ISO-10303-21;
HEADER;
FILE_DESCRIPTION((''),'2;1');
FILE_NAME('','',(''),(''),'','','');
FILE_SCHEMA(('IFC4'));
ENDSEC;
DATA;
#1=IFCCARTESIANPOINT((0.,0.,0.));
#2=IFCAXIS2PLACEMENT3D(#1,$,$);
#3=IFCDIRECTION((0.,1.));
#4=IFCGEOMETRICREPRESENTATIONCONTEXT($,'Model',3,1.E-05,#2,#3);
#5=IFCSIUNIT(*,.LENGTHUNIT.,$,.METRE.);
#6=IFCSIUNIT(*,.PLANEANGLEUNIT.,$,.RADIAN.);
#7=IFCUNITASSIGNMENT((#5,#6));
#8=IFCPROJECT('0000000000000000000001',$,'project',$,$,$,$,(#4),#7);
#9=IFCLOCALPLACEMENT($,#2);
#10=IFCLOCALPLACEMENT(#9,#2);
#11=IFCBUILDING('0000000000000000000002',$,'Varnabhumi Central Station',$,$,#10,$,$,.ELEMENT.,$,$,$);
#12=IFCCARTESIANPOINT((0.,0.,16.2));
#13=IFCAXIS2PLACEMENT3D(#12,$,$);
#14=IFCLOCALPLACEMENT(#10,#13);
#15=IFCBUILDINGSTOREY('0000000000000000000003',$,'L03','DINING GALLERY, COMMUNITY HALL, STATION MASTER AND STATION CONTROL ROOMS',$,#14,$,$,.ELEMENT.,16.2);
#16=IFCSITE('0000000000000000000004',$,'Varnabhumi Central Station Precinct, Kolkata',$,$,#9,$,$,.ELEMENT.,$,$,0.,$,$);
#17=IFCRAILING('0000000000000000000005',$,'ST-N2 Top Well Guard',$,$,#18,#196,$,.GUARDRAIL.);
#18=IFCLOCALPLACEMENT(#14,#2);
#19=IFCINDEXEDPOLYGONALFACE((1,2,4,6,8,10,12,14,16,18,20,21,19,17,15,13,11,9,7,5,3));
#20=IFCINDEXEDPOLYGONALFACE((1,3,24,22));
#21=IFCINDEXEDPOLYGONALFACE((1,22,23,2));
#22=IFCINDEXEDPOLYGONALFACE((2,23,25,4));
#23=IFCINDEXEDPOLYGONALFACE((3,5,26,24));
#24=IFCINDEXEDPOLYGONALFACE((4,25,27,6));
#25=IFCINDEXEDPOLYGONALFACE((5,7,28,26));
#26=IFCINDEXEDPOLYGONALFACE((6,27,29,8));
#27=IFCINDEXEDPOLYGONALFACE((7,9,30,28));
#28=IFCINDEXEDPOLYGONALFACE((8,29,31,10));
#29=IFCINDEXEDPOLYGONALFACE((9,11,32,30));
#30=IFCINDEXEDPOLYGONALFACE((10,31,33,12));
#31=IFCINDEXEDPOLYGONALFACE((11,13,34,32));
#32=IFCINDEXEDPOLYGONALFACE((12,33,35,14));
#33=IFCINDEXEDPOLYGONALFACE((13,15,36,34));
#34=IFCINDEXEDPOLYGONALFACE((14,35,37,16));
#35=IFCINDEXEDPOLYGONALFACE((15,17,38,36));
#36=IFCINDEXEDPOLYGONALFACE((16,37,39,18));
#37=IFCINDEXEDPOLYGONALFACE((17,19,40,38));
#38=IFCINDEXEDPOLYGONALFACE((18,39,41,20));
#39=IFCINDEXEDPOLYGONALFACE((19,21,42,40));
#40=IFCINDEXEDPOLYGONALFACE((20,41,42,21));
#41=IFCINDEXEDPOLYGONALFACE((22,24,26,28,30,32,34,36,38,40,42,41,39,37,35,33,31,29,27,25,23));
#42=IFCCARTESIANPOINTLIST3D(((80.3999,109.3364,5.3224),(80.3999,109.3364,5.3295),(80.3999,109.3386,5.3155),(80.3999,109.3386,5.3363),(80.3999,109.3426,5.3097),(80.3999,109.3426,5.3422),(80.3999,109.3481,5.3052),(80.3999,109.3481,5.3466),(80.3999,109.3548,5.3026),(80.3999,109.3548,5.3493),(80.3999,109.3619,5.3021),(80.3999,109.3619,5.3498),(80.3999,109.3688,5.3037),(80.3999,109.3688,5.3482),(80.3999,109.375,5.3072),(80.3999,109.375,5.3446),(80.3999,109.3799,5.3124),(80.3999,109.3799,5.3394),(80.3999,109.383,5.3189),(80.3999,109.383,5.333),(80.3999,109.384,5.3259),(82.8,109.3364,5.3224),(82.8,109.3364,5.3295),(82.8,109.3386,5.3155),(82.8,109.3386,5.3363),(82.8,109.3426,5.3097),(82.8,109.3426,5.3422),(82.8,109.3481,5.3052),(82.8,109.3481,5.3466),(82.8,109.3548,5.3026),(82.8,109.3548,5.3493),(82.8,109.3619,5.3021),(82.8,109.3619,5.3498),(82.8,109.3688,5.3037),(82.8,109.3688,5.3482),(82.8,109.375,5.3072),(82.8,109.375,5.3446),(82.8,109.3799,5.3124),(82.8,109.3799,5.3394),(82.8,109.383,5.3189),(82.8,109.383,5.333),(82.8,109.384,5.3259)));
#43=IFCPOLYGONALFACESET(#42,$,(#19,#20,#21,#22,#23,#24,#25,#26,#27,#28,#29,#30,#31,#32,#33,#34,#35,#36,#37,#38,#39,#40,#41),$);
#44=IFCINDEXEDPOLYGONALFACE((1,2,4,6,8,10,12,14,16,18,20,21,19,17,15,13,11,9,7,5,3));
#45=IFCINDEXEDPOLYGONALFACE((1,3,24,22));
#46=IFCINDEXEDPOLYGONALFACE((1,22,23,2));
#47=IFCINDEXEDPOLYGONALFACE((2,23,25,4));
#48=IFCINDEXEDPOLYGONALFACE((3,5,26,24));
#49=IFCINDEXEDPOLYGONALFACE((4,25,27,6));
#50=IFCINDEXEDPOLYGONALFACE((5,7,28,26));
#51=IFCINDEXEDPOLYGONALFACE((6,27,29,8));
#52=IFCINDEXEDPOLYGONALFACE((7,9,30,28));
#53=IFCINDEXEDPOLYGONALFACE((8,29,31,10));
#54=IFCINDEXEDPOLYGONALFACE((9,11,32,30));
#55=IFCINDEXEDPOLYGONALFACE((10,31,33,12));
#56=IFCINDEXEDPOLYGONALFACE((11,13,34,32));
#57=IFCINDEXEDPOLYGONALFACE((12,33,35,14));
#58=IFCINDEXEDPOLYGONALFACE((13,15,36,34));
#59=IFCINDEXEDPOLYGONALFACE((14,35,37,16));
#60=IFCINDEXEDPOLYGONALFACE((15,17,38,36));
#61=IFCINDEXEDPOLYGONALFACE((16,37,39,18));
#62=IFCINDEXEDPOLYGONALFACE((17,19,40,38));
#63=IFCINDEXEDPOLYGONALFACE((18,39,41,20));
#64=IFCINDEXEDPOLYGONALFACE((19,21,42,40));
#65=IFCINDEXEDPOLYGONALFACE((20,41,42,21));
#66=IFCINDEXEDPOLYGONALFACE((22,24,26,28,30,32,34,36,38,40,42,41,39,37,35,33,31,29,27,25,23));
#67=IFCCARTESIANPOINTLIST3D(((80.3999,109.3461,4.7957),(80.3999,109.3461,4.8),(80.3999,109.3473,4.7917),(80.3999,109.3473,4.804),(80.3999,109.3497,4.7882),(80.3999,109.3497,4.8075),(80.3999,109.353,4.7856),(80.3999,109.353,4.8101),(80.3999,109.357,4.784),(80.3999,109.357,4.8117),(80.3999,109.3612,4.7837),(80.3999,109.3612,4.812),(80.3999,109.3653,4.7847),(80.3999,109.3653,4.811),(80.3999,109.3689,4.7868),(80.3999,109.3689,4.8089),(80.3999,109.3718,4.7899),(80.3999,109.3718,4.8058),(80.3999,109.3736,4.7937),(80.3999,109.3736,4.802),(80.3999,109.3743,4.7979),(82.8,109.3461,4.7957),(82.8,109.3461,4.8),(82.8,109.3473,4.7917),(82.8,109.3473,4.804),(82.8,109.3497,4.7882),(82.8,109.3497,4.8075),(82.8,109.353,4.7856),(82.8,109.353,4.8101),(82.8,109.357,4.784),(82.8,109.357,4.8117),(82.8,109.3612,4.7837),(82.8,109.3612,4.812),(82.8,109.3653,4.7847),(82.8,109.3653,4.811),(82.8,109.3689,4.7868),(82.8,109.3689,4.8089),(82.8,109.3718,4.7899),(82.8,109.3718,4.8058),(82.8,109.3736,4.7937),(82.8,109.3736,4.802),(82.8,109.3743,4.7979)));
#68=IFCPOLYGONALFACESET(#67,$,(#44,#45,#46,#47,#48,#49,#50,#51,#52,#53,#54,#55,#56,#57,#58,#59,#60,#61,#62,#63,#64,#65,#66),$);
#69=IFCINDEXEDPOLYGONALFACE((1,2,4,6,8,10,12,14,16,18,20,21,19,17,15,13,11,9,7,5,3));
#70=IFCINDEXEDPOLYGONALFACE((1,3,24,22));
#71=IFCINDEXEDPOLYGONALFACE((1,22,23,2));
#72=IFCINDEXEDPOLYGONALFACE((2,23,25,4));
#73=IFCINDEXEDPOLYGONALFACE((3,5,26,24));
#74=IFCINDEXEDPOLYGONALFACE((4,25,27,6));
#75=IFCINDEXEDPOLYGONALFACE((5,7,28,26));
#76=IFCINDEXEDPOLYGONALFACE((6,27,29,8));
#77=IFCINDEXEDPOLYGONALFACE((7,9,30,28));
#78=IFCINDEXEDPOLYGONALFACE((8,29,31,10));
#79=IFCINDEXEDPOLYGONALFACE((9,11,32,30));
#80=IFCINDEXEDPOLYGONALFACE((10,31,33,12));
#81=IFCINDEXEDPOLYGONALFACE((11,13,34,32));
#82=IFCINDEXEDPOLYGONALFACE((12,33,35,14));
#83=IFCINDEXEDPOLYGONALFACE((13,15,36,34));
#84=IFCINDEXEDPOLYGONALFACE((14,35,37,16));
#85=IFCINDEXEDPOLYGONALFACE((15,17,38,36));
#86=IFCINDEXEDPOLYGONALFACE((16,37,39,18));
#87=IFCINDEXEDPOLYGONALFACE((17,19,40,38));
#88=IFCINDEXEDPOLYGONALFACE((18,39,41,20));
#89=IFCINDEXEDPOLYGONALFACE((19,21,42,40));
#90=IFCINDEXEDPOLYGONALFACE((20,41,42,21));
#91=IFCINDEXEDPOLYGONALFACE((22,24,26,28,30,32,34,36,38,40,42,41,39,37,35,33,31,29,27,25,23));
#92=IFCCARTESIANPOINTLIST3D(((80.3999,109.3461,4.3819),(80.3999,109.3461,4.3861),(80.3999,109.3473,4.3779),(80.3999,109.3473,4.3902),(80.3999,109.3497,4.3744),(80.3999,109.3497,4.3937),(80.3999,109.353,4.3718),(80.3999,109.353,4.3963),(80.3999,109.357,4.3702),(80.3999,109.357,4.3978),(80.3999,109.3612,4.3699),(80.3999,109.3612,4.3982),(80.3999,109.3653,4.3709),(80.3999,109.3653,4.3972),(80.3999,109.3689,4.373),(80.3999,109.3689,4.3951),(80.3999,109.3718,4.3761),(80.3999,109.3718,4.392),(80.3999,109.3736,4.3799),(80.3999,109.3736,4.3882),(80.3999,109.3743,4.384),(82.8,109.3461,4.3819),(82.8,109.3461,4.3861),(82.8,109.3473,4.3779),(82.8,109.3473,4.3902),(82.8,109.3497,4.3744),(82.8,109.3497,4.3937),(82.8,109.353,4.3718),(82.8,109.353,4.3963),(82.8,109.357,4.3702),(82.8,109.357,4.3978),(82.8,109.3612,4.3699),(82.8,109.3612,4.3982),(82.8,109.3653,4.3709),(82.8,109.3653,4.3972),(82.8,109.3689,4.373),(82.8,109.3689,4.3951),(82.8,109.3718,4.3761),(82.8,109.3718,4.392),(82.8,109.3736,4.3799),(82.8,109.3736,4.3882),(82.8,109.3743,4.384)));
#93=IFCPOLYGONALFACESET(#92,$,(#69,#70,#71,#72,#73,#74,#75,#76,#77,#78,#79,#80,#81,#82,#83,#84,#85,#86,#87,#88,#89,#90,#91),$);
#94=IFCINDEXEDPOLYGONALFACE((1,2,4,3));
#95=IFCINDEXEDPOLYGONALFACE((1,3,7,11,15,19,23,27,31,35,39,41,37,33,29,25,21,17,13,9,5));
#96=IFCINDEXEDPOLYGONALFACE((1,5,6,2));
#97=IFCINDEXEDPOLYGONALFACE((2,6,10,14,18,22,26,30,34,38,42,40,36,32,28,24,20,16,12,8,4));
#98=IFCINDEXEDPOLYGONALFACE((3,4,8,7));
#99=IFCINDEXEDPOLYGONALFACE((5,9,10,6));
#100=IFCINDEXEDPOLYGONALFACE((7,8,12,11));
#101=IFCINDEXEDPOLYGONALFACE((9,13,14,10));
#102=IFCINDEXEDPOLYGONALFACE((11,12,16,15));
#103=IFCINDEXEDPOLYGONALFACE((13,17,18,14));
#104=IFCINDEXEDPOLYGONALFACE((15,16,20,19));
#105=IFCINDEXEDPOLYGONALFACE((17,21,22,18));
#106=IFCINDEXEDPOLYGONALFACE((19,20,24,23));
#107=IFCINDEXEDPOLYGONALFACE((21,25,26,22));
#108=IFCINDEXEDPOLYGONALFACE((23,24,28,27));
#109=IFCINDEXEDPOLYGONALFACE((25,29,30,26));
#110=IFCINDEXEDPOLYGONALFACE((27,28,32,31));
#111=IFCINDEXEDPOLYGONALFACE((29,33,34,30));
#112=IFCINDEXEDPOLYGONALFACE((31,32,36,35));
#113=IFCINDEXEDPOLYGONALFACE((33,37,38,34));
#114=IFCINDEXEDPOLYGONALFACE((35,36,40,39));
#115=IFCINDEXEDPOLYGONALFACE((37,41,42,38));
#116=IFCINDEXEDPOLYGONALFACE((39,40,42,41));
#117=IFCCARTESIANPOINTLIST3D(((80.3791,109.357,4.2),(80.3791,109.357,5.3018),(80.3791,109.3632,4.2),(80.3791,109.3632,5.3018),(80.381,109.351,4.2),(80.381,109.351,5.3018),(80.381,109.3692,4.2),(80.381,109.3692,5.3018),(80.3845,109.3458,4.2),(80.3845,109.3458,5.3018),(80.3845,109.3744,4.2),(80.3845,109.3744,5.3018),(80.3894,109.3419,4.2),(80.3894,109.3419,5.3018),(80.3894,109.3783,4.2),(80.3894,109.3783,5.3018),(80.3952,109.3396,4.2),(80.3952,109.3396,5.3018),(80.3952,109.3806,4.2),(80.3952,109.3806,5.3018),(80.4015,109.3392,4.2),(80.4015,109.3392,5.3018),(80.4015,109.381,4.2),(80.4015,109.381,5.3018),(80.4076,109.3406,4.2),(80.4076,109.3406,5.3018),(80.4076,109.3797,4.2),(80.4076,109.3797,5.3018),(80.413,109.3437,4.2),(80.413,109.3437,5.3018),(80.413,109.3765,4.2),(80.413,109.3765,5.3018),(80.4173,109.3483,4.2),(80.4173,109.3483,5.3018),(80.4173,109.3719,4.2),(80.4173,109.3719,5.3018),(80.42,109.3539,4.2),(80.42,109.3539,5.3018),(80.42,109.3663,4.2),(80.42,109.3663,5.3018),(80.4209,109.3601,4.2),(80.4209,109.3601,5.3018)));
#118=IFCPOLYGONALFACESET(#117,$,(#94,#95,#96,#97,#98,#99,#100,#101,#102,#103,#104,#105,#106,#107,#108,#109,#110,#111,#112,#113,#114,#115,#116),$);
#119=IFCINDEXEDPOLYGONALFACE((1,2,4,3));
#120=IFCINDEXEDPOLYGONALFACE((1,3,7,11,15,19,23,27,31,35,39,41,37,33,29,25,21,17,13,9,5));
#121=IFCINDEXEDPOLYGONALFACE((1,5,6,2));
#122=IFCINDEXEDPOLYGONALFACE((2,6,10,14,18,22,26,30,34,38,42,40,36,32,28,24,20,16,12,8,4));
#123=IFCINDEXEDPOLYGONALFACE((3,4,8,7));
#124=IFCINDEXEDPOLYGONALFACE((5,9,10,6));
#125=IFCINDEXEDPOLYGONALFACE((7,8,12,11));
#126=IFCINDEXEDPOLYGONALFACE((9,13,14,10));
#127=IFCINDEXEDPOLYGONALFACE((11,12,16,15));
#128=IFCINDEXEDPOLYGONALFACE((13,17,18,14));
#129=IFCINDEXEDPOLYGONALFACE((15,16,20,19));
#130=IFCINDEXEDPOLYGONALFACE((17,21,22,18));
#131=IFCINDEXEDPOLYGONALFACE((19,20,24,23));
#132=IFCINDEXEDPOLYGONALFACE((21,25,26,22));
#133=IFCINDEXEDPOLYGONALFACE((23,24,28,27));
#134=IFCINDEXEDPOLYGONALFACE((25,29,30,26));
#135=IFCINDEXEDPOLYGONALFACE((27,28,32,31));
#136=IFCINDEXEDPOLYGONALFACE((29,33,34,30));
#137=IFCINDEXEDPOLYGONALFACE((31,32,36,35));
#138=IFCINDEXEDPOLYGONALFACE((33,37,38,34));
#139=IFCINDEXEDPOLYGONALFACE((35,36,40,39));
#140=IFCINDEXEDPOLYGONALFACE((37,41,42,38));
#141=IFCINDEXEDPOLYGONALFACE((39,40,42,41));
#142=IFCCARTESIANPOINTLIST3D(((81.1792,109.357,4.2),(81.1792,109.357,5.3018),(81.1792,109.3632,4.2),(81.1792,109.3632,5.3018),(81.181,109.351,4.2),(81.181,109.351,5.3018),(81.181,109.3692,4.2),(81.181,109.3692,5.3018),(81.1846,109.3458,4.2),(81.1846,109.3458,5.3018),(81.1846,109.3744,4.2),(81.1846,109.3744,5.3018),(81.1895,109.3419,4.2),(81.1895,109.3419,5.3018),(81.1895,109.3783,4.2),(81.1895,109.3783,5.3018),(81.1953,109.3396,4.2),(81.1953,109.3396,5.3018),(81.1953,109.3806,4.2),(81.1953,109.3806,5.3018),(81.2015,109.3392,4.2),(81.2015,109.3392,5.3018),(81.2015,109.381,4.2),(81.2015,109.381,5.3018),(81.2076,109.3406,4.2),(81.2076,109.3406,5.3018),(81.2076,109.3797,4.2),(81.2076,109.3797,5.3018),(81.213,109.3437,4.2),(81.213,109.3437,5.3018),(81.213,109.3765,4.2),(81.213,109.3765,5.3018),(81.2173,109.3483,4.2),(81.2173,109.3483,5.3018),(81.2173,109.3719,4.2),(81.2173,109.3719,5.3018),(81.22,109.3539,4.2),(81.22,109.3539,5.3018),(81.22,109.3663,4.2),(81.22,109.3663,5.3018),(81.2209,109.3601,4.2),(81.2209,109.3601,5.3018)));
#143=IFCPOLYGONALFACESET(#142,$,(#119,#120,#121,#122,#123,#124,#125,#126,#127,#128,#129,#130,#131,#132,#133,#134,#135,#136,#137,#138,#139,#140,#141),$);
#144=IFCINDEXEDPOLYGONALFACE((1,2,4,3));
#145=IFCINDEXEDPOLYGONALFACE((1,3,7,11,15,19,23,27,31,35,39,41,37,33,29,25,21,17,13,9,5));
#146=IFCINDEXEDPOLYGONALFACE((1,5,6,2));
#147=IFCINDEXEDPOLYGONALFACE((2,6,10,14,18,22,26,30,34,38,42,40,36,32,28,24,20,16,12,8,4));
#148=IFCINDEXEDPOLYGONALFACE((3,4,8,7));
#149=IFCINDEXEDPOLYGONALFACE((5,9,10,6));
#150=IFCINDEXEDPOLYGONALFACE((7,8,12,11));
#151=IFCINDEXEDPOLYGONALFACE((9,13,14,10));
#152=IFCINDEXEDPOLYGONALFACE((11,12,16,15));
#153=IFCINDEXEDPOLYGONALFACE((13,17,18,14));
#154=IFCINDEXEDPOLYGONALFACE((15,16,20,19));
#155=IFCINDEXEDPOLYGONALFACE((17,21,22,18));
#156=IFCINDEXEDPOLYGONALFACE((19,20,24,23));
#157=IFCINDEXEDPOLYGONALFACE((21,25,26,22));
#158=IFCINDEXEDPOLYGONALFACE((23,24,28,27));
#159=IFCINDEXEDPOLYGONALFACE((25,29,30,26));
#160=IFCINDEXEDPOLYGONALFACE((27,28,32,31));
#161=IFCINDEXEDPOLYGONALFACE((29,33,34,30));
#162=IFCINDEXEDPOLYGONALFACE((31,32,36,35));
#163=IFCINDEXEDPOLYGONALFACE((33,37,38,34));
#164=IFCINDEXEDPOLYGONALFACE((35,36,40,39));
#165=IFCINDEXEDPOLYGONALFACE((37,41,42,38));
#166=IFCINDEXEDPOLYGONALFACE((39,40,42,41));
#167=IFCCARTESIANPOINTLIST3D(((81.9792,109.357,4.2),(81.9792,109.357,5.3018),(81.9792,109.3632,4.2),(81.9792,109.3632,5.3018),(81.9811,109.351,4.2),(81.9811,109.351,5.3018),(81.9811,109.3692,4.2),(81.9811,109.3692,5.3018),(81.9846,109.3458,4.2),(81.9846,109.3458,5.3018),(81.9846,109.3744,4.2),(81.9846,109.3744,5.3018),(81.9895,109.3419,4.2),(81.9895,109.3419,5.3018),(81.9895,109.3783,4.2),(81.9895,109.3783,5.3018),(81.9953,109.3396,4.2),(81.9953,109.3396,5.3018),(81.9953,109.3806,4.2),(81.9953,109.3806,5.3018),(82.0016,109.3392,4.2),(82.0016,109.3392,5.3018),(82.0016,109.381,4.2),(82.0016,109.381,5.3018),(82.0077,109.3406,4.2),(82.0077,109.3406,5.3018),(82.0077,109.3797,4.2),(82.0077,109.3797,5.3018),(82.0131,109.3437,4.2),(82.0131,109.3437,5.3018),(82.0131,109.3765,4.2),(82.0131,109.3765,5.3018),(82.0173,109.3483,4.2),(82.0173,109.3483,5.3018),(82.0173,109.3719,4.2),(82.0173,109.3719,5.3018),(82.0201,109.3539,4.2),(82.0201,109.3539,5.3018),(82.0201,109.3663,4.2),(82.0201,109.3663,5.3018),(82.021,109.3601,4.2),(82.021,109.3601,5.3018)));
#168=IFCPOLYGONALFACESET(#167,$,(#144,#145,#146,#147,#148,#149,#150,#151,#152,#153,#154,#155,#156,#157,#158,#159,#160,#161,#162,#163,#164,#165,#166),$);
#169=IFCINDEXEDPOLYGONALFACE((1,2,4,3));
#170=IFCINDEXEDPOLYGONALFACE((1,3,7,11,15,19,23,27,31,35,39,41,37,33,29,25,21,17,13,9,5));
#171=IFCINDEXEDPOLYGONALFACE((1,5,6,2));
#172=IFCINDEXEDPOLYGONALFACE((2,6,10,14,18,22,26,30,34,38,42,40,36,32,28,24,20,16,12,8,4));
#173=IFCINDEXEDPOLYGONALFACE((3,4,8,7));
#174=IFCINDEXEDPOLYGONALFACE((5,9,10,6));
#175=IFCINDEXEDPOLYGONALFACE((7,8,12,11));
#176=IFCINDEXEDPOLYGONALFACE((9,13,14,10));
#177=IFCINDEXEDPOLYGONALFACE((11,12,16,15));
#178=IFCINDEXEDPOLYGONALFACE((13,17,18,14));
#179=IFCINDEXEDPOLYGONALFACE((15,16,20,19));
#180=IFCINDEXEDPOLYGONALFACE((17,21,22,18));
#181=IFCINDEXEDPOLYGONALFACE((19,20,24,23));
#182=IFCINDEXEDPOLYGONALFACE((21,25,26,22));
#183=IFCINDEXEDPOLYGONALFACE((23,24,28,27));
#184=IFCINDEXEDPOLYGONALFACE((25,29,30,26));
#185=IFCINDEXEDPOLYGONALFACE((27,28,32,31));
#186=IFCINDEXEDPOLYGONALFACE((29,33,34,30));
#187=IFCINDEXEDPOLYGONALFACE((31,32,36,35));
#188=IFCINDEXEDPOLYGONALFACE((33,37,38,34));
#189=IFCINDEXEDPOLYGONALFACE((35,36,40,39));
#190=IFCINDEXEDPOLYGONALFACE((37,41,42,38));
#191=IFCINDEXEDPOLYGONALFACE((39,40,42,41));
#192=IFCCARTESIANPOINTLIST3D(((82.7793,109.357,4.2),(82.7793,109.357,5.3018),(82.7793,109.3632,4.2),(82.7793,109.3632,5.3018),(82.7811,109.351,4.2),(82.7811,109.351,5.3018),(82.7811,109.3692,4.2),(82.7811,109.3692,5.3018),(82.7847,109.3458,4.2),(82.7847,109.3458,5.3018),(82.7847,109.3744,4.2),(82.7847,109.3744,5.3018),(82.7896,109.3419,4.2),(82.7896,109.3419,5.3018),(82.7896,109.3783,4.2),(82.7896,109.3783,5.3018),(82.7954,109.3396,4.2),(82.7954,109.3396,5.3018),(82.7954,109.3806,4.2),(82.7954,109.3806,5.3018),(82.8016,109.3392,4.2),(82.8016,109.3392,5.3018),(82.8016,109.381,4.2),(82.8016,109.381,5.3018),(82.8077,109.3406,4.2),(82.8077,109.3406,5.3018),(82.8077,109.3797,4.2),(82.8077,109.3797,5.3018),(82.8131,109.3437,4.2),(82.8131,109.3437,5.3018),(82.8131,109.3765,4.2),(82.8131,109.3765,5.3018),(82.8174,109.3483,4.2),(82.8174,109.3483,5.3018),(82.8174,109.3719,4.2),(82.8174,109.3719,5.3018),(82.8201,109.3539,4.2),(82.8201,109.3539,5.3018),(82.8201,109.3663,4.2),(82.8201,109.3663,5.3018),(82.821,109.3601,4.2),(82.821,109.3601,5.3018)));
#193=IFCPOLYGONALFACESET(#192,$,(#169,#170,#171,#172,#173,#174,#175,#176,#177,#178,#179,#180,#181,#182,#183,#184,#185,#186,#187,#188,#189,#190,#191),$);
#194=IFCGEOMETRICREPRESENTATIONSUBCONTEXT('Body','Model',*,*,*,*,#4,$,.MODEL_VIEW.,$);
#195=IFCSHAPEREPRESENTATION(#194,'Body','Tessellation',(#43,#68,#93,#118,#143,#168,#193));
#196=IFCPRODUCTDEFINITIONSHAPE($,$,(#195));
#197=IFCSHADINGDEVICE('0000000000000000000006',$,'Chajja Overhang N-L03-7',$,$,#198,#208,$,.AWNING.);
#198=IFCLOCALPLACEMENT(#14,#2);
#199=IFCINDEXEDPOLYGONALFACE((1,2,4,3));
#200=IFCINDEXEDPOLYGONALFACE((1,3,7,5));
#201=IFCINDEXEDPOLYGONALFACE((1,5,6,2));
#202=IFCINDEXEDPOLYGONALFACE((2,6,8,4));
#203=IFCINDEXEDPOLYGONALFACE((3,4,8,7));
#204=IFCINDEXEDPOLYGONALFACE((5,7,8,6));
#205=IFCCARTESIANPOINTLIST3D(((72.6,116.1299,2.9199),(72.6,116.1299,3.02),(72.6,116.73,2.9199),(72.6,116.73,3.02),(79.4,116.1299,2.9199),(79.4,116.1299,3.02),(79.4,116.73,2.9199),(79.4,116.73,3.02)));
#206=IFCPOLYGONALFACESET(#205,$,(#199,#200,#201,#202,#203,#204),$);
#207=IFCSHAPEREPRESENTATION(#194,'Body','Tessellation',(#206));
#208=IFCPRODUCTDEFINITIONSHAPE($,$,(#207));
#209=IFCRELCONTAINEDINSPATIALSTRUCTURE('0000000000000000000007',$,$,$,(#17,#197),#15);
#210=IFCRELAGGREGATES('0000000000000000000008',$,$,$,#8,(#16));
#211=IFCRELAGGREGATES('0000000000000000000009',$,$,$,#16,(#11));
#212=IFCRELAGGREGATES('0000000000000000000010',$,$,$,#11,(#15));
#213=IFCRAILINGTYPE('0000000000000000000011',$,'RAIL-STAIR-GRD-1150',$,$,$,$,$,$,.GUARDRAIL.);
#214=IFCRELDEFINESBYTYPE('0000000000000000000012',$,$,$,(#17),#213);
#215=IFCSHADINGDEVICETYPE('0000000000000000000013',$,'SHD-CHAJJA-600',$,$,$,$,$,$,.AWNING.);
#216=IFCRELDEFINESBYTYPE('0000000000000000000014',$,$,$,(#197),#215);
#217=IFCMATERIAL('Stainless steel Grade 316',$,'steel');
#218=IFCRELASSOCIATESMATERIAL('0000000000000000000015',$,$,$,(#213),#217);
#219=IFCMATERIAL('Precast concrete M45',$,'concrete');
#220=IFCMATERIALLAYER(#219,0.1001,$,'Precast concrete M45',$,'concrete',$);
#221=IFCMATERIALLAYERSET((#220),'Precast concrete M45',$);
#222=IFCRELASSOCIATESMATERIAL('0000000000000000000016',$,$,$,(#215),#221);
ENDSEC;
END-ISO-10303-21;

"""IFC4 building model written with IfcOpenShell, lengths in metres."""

from ifc_helpers import new_model, si_unit, direction, frame, origin, origin_2d, place, context, subcontext, project, spatial, rectangle, circle, extrude, material, layer, layer_set, type_object, element, save


model = new_model("IFC4")

# Units and contexts
model_context = context("Model", 3, precision=1e-05, world=origin(), true_north=direction((0.0, 1.0)))
body_context = subcontext(model_context, "Body", "Model", "MODEL_VIEW")
ifc_project = project(units=[si_unit("LENGTHUNIT", "METRE"), si_unit("PLANEANGLEUNIT", "RADIAN")], contexts=[model_context])

# Site, building, storey
site_placement = place(None, origin())
site = spatial("IfcSite", under=ifc_project, at=site_placement, Name="Varnabhumi Central Station Precinct, Kolkata", CompositionType="ELEMENT", RefElevation=0.0)
building_placement = place(site_placement, origin())
building = spatial("IfcBuilding", under=site, at=building_placement, Name="Varnabhumi Central Station", CompositionType="ELEMENT")
storey_placement = place(building_placement, frame((0.0, 0.0, 16.2)))
storey = spatial("IfcBuildingStorey", under=building, at=storey_placement, Name="L03", Description="DINING GALLERY, COMMUNITY HALL, STATION MASTER AND STATION CONTROL ROOMS", CompositionType="ELEMENT", Elevation=16.2)

# Railing
ifc_material_1 = material(Name="Stainless steel Grade 316", Category="steel")
railing_type_1 = type_object("IfcRailingType", Name="RAIL-STAIR-GRD-1150", PredefinedType="GUARDRAIL", material=ifc_material_1)
railing_1_placement = place(storey_placement, frame((80.3999, 109.3601, 4.2)))
element("IfcRailing", 1, at=railing_1_placement, inside=storey, type_object=railing_type_1, Name="ST-N2 Top Well Guard", PredefinedType="GUARDRAIL", context=body_context, shape_type="SweptSolid", body=[
    extrude(circle(Radius=0.0239, at=origin_2d()), frame((0.0, 0.0, 1.126), z_axis=(1.0, 0.0, 0.0), x_axis=(0.0, 1.0, 0.0)), (0.0, 0.0, 1.0), 2.4001),
    extrude(circle(Radius=0.0142, at=origin_2d()), frame((0.0, 0.0, 0.5979), z_axis=(1.0, 0.0, 0.0), x_axis=(0.0, 1.0, 0.0)), (0.0, 0.0, 1.0), 2.4001),
    extrude(circle(Radius=0.0142, at=origin_2d()), frame((0.0, 0.0, 0.1841), z_axis=(1.0, 0.0, 0.0), x_axis=(0.0, 1.0, 0.0)), (0.0, 0.0, 1.0), 2.4001),
    extrude(circle(Radius=0.021, at=origin_2d()), origin(), (0.0, 0.0, 1.0), 1.1018),
    extrude(circle(Radius=0.021, at=origin_2d()), frame((0.8, 0.0, 0.0)), (0.0, 0.0, 1.0), 1.1018),
    extrude(circle(Radius=0.021, at=origin_2d()), frame((1.6001, 0.0, 0.0)), (0.0, 0.0, 1.0), 1.1018),
    extrude(circle(Radius=0.021, at=origin_2d()), frame((2.4001, 0.0, 0.0)), (0.0, 0.0, 1.0), 1.1018),
])

# Shading device
ifc_material_2 = material(Name="Precast concrete M45", Category="concrete")
ifc_layer_1 = layer(ifc_material_2, 0.1001, Name="Precast concrete M45", Category="concrete")
ifc_layer_set_1 = layer_set([ifc_layer_1], Name="Precast concrete M45")
shading_device_type = type_object("IfcShadingDeviceType", Name="SHD-CHAJJA-600", PredefinedType="AWNING", material=ifc_layer_set_1)
shading_device_placement = place(storey_placement, frame((76.0, 116.4299, 2.9199), z_axis=(0.0, 0.0, 1.0), x_axis=(1.0, 0.0, 0.0)))
element("IfcShadingDevice", 2, at=shading_device_placement, inside=storey, type_object=shading_device_type, Name="Chajja Overhang N-L03-7", PredefinedType="AWNING", context=body_context, shape_type="SweptSolid", body=[
    extrude(rectangle(XDim=6.8, YDim=0.6001, at=origin_2d()), origin(), (0.0, 0.0, 1.0), 0.1001),
])

save(model, "model.ifc")
